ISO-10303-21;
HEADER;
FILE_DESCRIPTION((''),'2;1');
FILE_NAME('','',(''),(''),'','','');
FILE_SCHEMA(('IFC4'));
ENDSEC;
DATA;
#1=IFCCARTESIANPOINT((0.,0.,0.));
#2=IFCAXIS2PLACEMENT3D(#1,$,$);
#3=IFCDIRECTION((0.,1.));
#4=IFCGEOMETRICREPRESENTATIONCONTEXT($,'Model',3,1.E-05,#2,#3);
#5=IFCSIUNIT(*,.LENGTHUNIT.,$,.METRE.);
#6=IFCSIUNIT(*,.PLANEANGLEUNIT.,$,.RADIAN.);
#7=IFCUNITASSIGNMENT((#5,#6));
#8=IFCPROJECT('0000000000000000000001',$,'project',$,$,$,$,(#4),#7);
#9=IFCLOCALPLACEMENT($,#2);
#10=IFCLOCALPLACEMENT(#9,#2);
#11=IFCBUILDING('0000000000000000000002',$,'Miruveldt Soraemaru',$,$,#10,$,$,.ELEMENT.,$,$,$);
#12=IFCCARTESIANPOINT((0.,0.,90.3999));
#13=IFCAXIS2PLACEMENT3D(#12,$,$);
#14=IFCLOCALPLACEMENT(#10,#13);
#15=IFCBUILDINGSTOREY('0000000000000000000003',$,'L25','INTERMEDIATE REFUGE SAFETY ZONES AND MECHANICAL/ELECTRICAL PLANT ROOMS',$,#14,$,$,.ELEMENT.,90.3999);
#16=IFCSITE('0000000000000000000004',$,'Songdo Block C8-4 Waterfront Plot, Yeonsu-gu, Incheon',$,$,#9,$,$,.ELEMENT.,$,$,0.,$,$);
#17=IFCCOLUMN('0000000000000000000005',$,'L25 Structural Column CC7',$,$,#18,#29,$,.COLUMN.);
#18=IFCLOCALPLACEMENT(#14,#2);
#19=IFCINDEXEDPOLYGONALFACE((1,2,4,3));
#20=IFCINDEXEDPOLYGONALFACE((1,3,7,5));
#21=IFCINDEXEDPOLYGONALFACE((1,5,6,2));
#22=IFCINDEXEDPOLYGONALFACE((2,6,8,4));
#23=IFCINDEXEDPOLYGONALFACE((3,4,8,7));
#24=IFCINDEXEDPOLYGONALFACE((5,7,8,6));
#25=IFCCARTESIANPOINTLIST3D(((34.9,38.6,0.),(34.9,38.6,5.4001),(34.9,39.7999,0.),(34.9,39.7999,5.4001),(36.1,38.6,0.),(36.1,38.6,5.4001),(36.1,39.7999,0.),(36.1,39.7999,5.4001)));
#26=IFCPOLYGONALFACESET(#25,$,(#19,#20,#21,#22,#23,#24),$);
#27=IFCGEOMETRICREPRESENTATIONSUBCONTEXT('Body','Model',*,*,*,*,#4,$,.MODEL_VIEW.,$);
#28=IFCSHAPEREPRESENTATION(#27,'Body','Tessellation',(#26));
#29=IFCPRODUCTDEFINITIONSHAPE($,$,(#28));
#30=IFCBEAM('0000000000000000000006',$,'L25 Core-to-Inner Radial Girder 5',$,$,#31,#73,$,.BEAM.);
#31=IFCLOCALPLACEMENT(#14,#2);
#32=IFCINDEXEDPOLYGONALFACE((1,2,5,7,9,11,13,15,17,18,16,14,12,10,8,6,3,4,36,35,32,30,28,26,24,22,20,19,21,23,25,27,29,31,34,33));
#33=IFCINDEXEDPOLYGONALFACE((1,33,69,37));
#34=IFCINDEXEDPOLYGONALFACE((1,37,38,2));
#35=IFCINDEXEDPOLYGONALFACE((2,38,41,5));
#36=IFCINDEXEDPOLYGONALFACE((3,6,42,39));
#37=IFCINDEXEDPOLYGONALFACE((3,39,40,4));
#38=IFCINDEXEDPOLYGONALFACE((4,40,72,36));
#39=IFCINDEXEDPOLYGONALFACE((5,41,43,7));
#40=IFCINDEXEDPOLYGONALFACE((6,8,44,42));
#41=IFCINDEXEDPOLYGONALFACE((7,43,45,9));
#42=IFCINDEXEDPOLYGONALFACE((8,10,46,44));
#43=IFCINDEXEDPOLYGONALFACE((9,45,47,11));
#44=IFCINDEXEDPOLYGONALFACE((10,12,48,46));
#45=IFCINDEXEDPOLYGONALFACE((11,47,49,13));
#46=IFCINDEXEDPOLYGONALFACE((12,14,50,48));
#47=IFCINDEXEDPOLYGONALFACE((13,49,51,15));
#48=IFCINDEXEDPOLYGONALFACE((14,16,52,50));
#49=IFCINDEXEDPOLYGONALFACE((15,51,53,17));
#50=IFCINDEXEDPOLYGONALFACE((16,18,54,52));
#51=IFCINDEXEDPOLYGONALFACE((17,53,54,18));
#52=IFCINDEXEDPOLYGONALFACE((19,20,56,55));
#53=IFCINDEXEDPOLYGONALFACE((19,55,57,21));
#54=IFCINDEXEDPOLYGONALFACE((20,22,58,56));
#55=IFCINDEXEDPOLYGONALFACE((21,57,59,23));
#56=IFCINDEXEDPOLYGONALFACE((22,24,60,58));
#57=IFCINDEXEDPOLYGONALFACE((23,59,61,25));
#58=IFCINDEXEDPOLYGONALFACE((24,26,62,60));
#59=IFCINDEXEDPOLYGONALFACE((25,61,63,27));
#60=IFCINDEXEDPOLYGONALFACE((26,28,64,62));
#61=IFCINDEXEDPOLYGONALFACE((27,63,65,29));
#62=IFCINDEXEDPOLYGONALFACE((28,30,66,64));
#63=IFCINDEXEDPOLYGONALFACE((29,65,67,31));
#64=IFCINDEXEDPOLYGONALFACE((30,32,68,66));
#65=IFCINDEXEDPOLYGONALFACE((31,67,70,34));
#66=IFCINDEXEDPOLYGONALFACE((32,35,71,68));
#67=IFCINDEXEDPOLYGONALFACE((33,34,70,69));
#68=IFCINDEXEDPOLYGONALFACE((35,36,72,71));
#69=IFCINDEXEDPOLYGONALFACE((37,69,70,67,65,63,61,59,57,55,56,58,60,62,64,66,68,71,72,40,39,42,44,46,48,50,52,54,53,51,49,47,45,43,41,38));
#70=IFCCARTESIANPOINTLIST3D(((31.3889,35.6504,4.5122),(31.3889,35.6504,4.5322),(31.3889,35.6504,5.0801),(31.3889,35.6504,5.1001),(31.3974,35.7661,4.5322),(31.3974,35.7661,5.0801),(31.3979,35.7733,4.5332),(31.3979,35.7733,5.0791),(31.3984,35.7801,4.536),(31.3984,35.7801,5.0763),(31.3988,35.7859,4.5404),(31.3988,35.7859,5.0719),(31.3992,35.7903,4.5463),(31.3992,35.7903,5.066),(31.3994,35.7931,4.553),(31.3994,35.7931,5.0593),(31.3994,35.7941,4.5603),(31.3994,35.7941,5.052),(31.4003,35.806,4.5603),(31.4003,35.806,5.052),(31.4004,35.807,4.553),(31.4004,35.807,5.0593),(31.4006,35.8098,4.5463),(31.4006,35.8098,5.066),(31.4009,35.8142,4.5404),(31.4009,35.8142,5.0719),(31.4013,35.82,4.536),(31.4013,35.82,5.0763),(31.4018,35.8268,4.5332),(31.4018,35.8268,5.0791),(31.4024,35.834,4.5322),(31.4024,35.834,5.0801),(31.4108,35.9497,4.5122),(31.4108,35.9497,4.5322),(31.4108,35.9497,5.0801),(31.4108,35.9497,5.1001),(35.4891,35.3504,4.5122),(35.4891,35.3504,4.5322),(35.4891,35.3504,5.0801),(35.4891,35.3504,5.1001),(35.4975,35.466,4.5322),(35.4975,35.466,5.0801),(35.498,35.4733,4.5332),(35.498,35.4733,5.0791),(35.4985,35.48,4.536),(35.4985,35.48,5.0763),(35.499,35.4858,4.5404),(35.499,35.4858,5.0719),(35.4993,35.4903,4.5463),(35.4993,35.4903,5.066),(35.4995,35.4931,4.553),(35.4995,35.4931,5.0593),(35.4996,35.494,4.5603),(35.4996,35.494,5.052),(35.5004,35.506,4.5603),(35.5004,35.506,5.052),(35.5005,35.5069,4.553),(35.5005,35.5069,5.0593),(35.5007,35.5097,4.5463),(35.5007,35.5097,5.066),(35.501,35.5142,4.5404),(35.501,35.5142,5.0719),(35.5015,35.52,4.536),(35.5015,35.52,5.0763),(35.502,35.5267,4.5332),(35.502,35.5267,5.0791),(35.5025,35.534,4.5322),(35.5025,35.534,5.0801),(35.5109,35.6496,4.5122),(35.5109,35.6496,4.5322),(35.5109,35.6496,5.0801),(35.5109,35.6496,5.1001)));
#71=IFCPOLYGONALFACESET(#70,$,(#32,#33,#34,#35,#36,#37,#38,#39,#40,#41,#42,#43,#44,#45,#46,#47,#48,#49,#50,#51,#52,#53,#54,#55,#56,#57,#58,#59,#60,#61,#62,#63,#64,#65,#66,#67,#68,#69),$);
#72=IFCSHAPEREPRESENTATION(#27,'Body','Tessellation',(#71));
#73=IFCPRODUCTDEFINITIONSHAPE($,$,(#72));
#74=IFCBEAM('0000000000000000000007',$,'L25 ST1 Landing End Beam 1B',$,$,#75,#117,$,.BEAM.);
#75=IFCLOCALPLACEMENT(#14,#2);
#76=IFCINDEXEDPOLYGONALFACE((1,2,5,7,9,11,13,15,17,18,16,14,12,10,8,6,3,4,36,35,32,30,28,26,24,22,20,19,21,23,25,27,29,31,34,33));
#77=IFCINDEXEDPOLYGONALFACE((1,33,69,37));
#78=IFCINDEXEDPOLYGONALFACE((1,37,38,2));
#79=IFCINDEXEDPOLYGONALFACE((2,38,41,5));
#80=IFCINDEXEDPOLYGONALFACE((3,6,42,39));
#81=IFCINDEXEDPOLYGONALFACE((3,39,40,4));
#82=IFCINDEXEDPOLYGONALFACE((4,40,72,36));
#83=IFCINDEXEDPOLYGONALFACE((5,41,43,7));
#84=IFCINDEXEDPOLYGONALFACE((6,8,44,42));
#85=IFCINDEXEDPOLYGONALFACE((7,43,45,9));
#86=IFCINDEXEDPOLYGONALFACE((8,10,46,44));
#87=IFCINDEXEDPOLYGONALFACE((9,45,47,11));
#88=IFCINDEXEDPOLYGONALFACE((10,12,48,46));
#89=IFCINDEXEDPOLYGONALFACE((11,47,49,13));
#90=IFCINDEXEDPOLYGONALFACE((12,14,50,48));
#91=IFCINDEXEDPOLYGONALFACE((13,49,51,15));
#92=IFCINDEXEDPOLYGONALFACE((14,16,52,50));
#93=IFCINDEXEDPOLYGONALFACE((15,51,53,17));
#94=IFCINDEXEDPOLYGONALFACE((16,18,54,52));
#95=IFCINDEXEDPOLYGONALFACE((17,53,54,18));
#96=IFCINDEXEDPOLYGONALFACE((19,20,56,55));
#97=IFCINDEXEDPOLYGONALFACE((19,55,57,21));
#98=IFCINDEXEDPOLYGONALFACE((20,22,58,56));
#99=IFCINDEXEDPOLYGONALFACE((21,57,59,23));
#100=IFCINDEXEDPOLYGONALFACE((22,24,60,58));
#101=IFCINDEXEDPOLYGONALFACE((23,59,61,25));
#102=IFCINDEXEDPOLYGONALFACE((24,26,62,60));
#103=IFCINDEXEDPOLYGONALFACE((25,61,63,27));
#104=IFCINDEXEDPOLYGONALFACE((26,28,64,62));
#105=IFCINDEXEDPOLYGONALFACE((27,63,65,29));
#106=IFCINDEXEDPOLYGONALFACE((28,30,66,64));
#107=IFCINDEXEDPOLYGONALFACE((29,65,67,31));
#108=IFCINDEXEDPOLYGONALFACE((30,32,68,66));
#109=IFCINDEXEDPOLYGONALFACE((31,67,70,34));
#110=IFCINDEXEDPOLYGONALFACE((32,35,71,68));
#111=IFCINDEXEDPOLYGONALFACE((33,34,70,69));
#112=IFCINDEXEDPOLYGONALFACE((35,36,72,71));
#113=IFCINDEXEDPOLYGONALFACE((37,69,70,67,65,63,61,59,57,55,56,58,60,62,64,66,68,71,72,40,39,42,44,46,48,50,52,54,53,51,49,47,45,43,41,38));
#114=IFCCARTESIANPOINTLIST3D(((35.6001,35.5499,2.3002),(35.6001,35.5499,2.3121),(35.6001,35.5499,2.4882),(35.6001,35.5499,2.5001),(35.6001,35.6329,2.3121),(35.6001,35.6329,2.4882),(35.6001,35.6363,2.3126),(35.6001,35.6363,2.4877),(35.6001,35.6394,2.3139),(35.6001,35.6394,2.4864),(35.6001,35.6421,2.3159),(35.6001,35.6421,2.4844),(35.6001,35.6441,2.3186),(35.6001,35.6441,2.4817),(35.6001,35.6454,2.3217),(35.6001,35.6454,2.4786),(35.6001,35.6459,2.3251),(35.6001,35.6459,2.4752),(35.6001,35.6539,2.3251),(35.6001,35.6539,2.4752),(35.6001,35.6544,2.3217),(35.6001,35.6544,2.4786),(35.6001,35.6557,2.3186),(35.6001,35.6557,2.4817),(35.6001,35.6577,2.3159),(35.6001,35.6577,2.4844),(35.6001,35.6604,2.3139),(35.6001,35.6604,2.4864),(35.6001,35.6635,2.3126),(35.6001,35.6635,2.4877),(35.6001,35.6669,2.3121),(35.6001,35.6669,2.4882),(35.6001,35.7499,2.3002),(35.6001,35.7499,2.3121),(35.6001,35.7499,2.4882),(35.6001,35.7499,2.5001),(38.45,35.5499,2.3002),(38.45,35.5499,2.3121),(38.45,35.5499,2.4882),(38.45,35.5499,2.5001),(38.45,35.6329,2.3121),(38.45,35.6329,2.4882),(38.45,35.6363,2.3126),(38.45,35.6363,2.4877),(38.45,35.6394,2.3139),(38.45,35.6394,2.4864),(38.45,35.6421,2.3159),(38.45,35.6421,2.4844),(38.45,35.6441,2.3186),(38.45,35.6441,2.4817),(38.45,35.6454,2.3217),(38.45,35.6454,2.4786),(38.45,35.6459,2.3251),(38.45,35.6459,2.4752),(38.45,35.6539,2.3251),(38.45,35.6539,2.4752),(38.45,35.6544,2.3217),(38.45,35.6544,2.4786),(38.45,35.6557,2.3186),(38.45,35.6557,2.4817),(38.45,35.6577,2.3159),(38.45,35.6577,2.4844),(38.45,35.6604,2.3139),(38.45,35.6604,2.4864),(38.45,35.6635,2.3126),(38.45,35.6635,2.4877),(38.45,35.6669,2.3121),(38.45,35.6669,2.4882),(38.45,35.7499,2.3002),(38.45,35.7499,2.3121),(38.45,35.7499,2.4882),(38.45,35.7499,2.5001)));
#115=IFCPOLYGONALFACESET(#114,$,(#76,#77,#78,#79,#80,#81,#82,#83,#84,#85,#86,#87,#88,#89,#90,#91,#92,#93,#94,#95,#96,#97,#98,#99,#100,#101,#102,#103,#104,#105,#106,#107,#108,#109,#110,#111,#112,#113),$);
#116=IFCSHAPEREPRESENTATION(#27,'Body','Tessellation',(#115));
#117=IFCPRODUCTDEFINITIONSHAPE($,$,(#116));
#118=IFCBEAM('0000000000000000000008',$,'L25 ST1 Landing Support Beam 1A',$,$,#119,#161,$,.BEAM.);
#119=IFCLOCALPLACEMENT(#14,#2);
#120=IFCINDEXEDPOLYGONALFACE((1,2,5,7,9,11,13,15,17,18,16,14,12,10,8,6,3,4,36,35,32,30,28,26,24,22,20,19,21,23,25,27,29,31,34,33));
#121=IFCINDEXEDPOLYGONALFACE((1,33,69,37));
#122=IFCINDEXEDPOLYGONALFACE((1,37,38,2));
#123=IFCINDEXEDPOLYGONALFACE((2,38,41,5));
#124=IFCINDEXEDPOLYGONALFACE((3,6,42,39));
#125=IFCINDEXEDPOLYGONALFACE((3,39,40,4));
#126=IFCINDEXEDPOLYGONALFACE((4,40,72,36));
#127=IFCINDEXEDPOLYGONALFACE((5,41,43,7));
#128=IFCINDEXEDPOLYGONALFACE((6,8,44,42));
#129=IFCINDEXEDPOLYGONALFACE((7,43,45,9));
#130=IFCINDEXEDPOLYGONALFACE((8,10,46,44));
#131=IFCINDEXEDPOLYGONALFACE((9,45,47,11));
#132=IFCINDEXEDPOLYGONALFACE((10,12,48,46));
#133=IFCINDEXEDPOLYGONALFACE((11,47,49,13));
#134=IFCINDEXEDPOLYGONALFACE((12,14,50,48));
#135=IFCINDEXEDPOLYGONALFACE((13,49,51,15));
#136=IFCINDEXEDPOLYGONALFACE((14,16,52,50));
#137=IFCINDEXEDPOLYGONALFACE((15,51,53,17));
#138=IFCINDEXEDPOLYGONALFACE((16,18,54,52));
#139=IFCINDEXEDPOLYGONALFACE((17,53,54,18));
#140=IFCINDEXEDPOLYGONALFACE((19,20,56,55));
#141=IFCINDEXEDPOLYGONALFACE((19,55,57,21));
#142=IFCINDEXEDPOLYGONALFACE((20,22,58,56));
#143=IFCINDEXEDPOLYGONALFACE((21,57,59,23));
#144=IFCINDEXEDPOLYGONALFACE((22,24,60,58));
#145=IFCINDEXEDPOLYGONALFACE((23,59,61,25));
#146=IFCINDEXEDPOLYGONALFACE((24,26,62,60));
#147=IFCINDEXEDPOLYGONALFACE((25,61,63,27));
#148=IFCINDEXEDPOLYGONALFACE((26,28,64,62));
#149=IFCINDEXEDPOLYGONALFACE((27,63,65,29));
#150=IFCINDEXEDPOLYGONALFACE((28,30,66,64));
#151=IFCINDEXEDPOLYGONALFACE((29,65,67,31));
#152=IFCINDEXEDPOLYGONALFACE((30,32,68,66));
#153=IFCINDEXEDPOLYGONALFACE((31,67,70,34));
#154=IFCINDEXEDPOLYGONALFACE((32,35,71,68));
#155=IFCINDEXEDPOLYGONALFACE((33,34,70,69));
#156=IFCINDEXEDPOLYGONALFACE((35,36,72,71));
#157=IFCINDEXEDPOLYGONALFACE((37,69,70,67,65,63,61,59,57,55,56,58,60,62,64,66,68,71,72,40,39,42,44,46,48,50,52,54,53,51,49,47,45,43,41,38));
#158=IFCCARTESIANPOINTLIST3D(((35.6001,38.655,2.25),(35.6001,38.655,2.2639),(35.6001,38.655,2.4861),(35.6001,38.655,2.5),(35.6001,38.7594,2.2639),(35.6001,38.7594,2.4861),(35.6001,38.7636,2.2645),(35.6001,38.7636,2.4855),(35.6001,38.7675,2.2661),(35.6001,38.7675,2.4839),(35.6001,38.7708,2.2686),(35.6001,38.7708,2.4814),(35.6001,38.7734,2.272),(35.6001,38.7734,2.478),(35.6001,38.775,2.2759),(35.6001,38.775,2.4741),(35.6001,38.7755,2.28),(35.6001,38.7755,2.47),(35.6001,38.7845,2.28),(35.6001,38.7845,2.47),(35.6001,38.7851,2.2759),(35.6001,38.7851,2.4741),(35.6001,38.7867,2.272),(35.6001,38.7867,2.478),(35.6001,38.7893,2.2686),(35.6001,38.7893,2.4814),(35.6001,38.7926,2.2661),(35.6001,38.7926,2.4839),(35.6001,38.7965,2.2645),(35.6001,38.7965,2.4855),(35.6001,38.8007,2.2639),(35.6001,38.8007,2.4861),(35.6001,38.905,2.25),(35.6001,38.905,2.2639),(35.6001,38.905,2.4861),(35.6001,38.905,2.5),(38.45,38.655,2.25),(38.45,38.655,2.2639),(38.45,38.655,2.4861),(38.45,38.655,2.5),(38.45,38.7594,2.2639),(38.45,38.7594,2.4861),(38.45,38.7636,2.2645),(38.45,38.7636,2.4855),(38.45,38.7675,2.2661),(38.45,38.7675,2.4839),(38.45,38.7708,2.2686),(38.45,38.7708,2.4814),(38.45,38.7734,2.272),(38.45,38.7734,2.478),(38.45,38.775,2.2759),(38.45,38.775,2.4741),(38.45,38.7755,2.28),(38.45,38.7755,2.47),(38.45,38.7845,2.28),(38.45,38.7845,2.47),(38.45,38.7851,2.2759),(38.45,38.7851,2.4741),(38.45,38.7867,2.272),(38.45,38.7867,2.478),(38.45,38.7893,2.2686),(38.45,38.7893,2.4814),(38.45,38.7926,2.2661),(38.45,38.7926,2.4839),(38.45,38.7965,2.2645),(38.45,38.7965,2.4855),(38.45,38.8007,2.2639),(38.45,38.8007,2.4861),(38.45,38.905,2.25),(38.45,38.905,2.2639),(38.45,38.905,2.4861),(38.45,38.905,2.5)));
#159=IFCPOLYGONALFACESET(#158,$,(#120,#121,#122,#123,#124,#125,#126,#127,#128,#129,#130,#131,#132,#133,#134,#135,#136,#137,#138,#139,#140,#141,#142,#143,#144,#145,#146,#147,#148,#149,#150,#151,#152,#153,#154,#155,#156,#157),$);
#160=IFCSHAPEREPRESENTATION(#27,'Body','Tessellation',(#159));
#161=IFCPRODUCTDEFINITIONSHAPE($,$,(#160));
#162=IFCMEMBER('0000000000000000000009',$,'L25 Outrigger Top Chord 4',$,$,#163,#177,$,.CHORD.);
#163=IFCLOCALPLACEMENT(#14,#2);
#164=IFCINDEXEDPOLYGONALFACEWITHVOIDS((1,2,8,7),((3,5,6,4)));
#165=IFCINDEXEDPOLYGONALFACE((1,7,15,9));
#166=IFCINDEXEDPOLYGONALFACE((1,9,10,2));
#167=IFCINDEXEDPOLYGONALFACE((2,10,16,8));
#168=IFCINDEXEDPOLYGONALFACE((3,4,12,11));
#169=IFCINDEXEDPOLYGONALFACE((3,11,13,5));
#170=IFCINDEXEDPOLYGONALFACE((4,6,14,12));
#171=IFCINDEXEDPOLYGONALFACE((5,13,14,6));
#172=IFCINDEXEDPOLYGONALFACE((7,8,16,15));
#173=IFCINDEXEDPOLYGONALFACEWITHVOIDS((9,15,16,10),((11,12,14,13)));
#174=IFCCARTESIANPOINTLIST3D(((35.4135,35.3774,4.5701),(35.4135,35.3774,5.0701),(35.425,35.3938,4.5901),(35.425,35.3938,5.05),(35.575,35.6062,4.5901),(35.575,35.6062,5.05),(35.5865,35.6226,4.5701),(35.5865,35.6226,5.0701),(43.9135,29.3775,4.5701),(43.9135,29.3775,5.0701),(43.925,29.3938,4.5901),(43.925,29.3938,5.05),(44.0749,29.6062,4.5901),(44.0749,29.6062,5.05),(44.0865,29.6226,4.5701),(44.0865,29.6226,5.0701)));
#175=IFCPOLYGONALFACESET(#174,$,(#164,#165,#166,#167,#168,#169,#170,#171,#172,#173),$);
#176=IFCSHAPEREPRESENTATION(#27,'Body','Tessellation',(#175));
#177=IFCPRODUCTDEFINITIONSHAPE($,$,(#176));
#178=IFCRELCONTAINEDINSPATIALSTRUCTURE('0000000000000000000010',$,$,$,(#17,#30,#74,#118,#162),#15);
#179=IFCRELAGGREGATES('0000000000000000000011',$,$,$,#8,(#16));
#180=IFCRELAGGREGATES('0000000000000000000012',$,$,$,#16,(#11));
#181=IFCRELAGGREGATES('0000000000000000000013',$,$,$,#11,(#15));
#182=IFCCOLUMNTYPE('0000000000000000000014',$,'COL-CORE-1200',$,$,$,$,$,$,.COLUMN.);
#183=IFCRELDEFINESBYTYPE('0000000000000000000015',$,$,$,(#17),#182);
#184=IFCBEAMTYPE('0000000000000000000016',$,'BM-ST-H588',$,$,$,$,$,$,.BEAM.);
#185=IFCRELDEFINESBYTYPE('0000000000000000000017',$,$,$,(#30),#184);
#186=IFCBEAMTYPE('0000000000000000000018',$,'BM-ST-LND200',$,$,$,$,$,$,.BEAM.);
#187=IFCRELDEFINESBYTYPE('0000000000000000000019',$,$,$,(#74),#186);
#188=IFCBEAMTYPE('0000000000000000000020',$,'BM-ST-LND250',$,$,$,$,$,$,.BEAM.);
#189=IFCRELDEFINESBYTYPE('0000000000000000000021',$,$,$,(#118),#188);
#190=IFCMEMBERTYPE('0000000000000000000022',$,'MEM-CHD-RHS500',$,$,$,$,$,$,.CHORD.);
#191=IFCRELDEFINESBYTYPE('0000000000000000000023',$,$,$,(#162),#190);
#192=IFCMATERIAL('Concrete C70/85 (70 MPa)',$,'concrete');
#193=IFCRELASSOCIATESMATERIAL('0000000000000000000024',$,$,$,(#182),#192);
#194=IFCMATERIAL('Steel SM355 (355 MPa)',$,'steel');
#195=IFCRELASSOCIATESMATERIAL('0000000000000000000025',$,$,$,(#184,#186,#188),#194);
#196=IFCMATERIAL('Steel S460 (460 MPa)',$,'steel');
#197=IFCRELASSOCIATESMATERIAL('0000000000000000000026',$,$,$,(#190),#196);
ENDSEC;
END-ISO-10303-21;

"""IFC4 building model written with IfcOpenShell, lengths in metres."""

from ifc_helpers import new_model, si_unit, direction, frame, origin, origin_2d, place, context, subcontext, project, spatial, rectangle, hollow_rectangle, i_section, extrude, material, material_profile, profile_set, type_object, element, save


model = new_model("IFC4")

# Units and contexts
model_context = context("Model", 3, precision=1e-05, world=origin(), true_north=direction((0.0, 1.0)))
body_context = subcontext(model_context, "Body", "Model", "MODEL_VIEW")
ifc_project = project(units=[si_unit("LENGTHUNIT", "METRE"), si_unit("PLANEANGLEUNIT", "RADIAN")], contexts=[model_context])

# Site, building, storey
site_placement = place(None, origin())
site = spatial("IfcSite", under=ifc_project, at=site_placement, Name="Songdo Block C8-4 Waterfront Plot, Yeonsu-gu, Incheon", CompositionType="ELEMENT", RefElevation=0.0)
building_placement = place(site_placement, origin())
building = spatial("IfcBuilding", under=site, at=building_placement, Name="Miruveldt Soraemaru", CompositionType="ELEMENT")
storey_placement = place(building_placement, frame((0.0, 0.0, 90.3999)))
storey = spatial("IfcBuildingStorey", under=building, at=storey_placement, Name="L25", Description="INTERMEDIATE REFUGE SAFETY ZONES AND MECHANICAL/ELECTRICAL PLANT ROOMS", CompositionType="ELEMENT", Elevation=90.3999)

# Column
ifc_material_1 = material(Name="Concrete C70/85 (70 MPa)", Category="concrete")
ifc_material_profile_1 = material_profile(ifc_material_1, rectangle(XDim=1.2, YDim=1.2, at=origin_2d()), Name="Concrete C70/85 (70 MPa)", Category="concrete")
ifc_profile_set_1 = profile_set([ifc_material_profile_1], Name="Concrete C70/85 (70 MPa)")
column_type = type_object("IfcColumnType", Name="COL-CORE-1200", PredefinedType="COLUMN", material=ifc_profile_set_1)
column_placement = place(storey_placement, frame((35.5, 39.2, 0.0), z_axis=(0.0, 0.0, 1.0), x_axis=(1.0, 0.0, 0.0)))
element("IfcColumn", 1, at=column_placement, inside=storey, type_object=column_type, Name="L25 Structural Column CC7", PredefinedType="COLUMN", context=body_context, shape_type="SweptSolid", body=[
    extrude(rectangle(XDim=1.2, YDim=1.2, at=origin_2d()), origin(), (0.0, 0.0, 1.0), 5.4001),
])

# Beams
ifc_material_2 = material(Name="Steel SM355 (355 MPa)", Category="steel")
ifc_material_profile_2 = material_profile(ifc_material_2, i_section(OverallWidth=0.3, OverallDepth=0.5879, WebThickness=0.012, FlangeThickness=0.02, FilletRadius=0.0281, at=origin_2d()), Name="Steel SM355 (355 MPa)", Category="steel")
ifc_profile_set_2 = profile_set([ifc_material_profile_2], Name="Steel SM355 (355 MPa)")
beam_type_1 = type_object("IfcBeamType", Name="BM-ST-H588", PredefinedType="BEAM", material=ifc_profile_set_2)
beam_1_placement = place(storey_placement, frame((35.5, 35.5, 4.8062), z_axis=(-0.997333, 0.072986, 0.0), x_axis=(-0.072986, -0.997333, 0.0)))
element("IfcBeam", 2, at=beam_1_placement, inside=storey, type_object=beam_type_1, Name="L25 Core-to-Inner Radial Girder 5", PredefinedType="BEAM", context=body_context, shape_type="SweptSolid", body=[
    extrude(i_section(OverallWidth=0.3, OverallDepth=0.5879, WebThickness=0.012, FlangeThickness=0.02, FilletRadius=0.0281, at=origin_2d()), origin(), (0.0, 0.0, 1.0), 4.1111),
])
ifc_material_profile_3 = material_profile(ifc_material_2, i_section(OverallWidth=0.2, OverallDepth=0.2, WebThickness=0.0081, FlangeThickness=0.012, FilletRadius=0.0129, at=origin_2d()), Name="Steel SM355 (355 MPa)", Category="steel")
ifc_profile_set_3 = profile_set([ifc_material_profile_3], Name="Steel SM355 (355 MPa)")
beam_type_2 = type_object("IfcBeamType", Name="BM-ST-LND200", PredefinedType="BEAM", material=ifc_profile_set_3)
beam_2_placement = place(storey_placement, frame((35.6001, 35.6499, 2.4001), z_axis=(1.0, 0.0, 0.0), x_axis=(0.0, 1.0, 0.0)))
element("IfcBeam", 3, at=beam_2_placement, inside=storey, type_object=beam_type_2, Name="L25 ST1 Landing End Beam 1B", PredefinedType="BEAM", context=body_context, shape_type="SweptSolid", body=[
    extrude(i_section(OverallWidth=0.2, OverallDepth=0.2, WebThickness=0.0081, FlangeThickness=0.012, FilletRadius=0.0129, at=origin_2d()), origin(), (0.0, 0.0, 1.0), 2.8499),
])
ifc_material_profile_4 = material_profile(ifc_material_2, i_section(OverallWidth=0.25, OverallDepth=0.25, WebThickness=0.009, FlangeThickness=0.0139, FilletRadius=0.0161, at=origin_2d()), Name="Steel SM355 (355 MPa)", Category="steel")
ifc_profile_set_4 = profile_set([ifc_material_profile_4], Name="Steel SM355 (355 MPa)")
beam_type_3 = type_object("IfcBeamType", Name="BM-ST-LND250", PredefinedType="BEAM", material=ifc_profile_set_4)
beam_3_placement = place(storey_placement, frame((35.6001, 38.78, 2.375), z_axis=(1.0, 0.0, 0.0), x_axis=(0.0, 1.0, 0.0)))
element("IfcBeam", 4, at=beam_3_placement, inside=storey, type_object=beam_type_3, Name="L25 ST1 Landing Support Beam 1A", PredefinedType="BEAM", context=body_context, shape_type="SweptSolid", body=[
    extrude(i_section(OverallWidth=0.25, OverallDepth=0.25, WebThickness=0.009, FlangeThickness=0.0139, FilletRadius=0.0161, at=origin_2d()), origin(), (0.0, 0.0, 1.0), 2.8499),
])

# Member
ifc_material_3 = material(Name="Steel S460 (460 MPa)", Category="steel")
ifc_material_profile_5 = material_profile(ifc_material_3, hollow_rectangle(XDim=0.3, YDim=0.5, WallThickness=0.02, at=origin_2d()), Name="Steel S460 (460 MPa)", Category="steel")
ifc_profile_set_5 = profile_set([ifc_material_profile_5], Name="Steel S460 (460 MPa)")
member_type_1 = type_object("IfcMemberType", Name="MEM-CHD-RHS500", PredefinedType="CHORD", material=ifc_profile_set_5)
member_1_placement = place(storey_placement, frame((35.5, 35.5, 4.8201), z_axis=(0.816968, -0.576683, 0.0), x_axis=(0.576683, 0.816968, 0.0)))
element("IfcMember", 5, at=member_1_placement, inside=storey, type_object=member_type_1, Name="L25 Outrigger Top Chord 4", PredefinedType="CHORD", context=body_context, shape_type="SweptSolid", body=[
    extrude(hollow_rectangle(XDim=0.3, YDim=0.5, WallThickness=0.02, at=origin_2d()), origin(), (0.0, 0.0, 1.0), 10.4043),
])

save(model, "model.ifc")
